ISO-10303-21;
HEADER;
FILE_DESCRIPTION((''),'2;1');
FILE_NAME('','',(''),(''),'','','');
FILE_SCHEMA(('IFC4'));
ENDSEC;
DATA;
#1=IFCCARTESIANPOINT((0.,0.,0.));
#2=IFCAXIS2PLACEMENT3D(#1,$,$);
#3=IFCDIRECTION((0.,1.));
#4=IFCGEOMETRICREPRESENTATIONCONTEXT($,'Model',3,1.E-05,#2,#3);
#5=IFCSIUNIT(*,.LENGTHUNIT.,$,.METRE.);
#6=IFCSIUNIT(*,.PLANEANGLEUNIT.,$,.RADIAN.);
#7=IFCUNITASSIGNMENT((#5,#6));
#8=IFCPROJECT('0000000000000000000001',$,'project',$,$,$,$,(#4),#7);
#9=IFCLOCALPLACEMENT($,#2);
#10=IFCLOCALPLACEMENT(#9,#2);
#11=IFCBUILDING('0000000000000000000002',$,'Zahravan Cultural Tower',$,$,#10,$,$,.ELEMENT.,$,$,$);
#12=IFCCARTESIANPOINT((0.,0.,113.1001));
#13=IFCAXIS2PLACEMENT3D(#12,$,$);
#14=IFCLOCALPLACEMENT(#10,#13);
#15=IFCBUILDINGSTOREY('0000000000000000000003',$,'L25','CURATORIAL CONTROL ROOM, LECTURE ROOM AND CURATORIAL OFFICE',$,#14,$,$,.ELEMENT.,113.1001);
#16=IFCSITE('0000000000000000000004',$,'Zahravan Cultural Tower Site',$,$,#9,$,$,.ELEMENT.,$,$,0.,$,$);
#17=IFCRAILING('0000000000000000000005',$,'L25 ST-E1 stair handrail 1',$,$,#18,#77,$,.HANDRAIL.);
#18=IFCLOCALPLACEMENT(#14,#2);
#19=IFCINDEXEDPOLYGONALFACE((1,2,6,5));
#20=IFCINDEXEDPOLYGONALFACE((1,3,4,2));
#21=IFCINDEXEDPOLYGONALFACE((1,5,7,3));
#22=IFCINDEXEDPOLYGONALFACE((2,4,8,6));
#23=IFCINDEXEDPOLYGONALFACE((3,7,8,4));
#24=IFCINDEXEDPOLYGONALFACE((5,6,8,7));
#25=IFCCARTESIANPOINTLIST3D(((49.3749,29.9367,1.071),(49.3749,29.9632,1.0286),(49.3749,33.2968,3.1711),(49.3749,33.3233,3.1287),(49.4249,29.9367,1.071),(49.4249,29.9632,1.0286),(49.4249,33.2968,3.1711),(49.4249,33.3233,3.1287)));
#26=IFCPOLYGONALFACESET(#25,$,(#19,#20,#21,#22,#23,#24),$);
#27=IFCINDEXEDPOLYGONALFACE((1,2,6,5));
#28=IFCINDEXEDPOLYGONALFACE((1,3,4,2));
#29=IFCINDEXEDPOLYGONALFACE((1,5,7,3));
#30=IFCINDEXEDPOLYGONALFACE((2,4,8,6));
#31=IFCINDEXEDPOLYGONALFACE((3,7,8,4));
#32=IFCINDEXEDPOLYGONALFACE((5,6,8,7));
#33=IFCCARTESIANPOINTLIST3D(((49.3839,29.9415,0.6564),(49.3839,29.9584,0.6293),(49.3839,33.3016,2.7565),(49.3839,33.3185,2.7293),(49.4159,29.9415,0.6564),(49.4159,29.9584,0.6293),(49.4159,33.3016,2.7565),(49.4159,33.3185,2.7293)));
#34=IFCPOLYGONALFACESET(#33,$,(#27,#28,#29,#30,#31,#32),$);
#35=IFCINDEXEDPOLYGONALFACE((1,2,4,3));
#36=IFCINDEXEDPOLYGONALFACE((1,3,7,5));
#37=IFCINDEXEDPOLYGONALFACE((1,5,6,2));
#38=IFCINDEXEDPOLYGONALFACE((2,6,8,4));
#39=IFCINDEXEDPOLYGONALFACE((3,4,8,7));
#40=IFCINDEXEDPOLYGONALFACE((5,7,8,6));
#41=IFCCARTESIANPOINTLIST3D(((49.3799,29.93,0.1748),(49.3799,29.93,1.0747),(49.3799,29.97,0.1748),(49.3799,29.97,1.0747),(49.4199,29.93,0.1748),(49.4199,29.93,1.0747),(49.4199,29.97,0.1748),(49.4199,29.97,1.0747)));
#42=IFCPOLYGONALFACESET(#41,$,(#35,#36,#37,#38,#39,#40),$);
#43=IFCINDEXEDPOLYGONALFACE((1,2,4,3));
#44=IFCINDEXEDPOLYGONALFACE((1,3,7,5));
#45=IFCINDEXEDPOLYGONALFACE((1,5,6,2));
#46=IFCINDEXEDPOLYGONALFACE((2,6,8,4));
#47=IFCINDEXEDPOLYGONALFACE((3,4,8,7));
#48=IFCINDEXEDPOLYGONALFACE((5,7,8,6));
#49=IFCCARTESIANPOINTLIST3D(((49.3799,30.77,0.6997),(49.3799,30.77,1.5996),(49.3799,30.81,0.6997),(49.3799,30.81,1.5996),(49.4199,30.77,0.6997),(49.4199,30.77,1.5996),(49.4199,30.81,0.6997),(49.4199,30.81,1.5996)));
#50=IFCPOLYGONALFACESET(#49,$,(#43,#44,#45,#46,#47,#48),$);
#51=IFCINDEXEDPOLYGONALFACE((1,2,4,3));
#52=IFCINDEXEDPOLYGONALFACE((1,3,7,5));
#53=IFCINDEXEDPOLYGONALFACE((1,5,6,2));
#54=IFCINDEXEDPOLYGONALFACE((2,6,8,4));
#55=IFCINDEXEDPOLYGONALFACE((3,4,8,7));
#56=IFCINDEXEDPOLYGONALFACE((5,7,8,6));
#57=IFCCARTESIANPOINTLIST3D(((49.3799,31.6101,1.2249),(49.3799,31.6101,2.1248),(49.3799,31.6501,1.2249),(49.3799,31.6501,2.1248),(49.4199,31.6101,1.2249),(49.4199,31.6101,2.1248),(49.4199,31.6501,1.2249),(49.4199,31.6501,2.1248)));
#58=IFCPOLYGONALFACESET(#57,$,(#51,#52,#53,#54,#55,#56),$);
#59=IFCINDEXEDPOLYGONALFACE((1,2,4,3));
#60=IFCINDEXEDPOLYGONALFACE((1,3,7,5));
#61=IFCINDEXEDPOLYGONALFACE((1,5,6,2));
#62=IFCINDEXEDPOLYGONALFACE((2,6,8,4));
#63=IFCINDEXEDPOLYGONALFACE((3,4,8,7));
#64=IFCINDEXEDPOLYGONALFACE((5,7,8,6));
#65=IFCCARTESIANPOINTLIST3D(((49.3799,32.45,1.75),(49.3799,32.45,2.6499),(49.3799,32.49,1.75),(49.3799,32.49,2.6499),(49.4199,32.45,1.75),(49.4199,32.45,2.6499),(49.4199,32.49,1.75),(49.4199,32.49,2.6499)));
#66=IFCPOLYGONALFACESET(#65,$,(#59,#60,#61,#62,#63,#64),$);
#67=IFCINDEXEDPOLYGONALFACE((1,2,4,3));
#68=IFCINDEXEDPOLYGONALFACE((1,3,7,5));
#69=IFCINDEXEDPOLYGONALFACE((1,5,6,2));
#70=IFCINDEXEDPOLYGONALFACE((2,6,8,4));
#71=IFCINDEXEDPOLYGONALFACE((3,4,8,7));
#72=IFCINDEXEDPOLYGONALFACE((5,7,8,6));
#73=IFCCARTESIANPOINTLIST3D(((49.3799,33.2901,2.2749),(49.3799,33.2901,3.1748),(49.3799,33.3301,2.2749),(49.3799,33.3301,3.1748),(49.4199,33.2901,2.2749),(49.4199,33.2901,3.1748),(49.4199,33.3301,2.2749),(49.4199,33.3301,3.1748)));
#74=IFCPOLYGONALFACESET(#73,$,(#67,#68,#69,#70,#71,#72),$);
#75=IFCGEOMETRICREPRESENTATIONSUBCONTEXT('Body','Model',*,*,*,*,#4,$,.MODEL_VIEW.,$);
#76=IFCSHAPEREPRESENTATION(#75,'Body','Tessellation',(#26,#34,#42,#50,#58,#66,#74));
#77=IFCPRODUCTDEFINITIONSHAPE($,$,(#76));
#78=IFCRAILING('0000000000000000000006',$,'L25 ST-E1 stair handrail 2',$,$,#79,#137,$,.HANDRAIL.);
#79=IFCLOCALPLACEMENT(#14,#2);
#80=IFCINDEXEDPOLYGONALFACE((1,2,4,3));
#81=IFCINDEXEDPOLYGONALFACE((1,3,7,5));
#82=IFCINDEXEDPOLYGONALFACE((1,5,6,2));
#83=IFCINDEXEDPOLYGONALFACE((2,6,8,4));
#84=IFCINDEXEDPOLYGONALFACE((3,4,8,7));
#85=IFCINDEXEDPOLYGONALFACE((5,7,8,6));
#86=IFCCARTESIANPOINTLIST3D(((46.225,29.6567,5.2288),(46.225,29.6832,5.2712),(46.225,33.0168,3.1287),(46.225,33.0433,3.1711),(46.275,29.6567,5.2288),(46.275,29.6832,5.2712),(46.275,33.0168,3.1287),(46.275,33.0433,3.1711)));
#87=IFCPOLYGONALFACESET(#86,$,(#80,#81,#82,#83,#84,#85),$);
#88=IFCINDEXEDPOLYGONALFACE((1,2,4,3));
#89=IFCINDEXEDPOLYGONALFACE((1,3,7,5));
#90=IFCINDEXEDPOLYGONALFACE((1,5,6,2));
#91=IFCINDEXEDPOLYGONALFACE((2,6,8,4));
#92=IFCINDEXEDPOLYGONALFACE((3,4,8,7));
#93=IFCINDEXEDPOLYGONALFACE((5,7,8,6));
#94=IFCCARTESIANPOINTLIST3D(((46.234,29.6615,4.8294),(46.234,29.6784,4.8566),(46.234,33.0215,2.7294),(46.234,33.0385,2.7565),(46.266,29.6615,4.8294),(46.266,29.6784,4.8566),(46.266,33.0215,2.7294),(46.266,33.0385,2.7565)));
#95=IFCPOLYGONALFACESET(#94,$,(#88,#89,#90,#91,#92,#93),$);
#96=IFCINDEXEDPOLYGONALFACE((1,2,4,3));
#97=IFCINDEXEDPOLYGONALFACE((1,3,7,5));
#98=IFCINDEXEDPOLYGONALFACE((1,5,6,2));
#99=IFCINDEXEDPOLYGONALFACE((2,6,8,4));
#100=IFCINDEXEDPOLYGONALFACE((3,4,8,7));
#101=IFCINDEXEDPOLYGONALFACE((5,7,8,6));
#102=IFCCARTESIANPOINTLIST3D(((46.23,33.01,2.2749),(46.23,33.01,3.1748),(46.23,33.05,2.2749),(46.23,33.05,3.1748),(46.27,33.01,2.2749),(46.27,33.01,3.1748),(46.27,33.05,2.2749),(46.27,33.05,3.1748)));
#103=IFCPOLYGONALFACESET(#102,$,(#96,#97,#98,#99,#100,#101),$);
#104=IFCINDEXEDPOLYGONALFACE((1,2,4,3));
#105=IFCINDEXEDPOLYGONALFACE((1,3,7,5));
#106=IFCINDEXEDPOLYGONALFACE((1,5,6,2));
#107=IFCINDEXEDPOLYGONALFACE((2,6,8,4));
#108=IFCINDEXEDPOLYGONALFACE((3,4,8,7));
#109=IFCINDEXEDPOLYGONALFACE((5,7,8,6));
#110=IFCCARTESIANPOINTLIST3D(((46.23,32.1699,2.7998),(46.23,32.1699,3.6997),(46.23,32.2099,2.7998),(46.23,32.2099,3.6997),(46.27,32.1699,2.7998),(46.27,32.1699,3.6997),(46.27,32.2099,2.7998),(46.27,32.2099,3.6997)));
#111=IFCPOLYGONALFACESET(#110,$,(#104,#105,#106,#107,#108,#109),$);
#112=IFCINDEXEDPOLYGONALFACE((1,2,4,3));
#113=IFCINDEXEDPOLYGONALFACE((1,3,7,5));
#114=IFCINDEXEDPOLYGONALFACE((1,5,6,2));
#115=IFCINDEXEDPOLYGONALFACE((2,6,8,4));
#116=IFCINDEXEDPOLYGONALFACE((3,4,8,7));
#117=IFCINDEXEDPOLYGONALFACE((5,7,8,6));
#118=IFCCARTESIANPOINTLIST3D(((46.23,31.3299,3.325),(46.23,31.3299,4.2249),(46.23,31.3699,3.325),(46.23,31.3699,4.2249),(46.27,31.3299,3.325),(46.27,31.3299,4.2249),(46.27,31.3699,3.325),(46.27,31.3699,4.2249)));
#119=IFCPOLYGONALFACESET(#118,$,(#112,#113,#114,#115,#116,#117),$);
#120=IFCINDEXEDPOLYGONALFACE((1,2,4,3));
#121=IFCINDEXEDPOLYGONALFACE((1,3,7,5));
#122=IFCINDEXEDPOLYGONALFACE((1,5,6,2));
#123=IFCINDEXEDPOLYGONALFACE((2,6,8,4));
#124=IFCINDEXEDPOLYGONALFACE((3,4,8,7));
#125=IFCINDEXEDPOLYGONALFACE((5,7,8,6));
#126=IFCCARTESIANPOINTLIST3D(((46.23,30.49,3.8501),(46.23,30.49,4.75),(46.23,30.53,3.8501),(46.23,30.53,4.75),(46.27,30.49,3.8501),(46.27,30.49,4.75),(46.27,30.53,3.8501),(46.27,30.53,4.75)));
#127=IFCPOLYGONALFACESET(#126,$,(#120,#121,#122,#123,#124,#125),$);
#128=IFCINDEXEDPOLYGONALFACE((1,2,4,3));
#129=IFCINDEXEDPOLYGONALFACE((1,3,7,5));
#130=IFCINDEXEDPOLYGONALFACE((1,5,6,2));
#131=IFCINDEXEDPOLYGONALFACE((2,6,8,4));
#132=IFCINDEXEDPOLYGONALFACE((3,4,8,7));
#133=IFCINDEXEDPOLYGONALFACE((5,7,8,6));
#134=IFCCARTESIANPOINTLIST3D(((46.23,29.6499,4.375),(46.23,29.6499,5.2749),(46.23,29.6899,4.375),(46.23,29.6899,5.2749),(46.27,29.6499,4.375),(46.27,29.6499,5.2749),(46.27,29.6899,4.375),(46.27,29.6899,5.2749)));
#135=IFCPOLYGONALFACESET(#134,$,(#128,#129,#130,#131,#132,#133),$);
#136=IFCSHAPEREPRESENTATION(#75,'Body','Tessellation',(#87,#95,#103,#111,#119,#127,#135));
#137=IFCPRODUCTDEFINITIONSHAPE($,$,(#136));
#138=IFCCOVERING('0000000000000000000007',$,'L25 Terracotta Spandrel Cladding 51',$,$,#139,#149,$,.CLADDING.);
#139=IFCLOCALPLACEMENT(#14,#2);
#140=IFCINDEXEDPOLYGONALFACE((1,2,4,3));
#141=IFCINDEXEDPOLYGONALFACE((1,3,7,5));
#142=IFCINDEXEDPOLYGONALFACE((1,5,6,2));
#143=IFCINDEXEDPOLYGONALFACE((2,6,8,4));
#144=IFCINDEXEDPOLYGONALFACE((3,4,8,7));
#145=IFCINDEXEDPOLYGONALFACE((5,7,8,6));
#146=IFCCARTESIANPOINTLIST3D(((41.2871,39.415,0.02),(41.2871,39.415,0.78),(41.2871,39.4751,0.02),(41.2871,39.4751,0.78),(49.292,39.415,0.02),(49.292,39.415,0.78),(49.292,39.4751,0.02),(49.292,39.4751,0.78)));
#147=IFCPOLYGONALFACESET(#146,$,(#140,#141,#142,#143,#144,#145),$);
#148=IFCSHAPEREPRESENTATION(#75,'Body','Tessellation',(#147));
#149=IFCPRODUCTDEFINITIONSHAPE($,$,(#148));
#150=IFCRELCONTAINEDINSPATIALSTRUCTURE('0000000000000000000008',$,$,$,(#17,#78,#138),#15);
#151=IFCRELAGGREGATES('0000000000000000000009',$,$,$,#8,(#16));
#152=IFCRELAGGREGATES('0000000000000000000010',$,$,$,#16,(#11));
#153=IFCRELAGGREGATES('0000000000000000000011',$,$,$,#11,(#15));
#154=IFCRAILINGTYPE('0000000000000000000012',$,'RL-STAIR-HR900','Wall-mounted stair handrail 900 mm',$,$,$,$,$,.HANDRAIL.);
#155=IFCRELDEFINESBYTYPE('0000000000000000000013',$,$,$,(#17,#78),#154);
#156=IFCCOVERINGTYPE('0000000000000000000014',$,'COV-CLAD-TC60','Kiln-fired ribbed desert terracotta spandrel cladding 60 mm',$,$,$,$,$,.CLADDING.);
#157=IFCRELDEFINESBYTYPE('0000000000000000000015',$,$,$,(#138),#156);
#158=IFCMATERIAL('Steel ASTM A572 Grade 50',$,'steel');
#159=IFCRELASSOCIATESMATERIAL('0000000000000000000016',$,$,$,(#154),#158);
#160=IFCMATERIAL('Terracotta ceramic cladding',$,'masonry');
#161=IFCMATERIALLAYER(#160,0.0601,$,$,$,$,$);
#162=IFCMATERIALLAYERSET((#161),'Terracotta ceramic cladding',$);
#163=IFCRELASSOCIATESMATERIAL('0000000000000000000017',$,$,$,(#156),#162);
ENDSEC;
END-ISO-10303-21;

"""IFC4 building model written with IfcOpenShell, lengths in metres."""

from ifc_helpers import new_model, si_unit, direction, frame, origin, origin_2d, place, context, subcontext, project, spatial, rectangle, extrude, source, transform, mapped, material, layer, layer_set, type_object, element, save


model = new_model("IFC4")

# Units and contexts
model_context = context("Model", 3, precision=1e-05, world=origin(), true_north=direction((0.0, 1.0)))
body_context = subcontext(model_context, "Body", "Model", "MODEL_VIEW")
ifc_project = project(units=[si_unit("LENGTHUNIT", "METRE"), si_unit("PLANEANGLEUNIT", "RADIAN")], contexts=[model_context])

# Site, building, storey
site_placement = place(None, origin())
site = spatial("IfcSite", under=ifc_project, at=site_placement, Name="Zahravan Cultural Tower Site", CompositionType="ELEMENT", RefElevation=0.0)
building_placement = place(site_placement, origin())
building = spatial("IfcBuilding", under=site, at=building_placement, Name="Zahravan Cultural Tower", CompositionType="ELEMENT")
storey_placement = place(building_placement, frame((0.0, 0.0, 113.1001)))
storey = spatial("IfcBuildingStorey", under=building, at=storey_placement, Name="L25", Description="CURATORIAL CONTROL ROOM, LECTURE ROOM AND CURATORIAL OFFICE", CompositionType="ELEMENT", Elevation=113.1001)

# Shared definitions
ifc_material_1 = material(Name="Steel ASTM A572 Grade 50", Category="steel")

# Railings
railing_type_1 = type_object("IfcRailingType", Name="RL-STAIR-HR900", Description="Wall-mounted stair handrail 900 mm", PredefinedType="HANDRAIL", material=ifc_material_1)
railing_1_placement = place(storey_placement, frame((49.3999, 29.95, 0.1748)))
element("IfcRailing", 1, at=railing_1_placement, inside=storey, type_object=railing_type_1, Name="L25 ST-E1 stair handrail 1", PredefinedType="HANDRAIL", context=body_context, shape_type="SweptSolid", body=[
    extrude(rectangle(XDim=0.05, YDim=0.05, at=origin_2d()), frame((0.0, 0.0, 0.875), z_axis=(0.0, 0.847995, 0.530004), x_axis=(-1.0, 0.0, 0.0)), (0.0, 0.0, 1.0), 3.9624),
    extrude(rectangle(XDim=0.032, YDim=0.032, at=origin_2d()), frame((0.0, 0.0, 0.468), z_axis=(0.0, 0.847995, 0.530004), x_axis=(-1.0, 0.0, 0.0)), (0.0, 0.0, 1.0), 3.9624),
    extrude(rectangle(XDim=0.04, YDim=0.04, at=origin_2d()), origin(), (0.0, 0.0, 1.0), 0.8999),
    extrude(rectangle(XDim=0.04, YDim=0.04, at=origin_2d()), frame((0.0, 0.8401, 0.5249)), (0.0, 0.0, 1.0), 0.8999),
    extrude(rectangle(XDim=0.04, YDim=0.04, at=origin_2d()), frame((0.0, 1.6802, 1.05)), (0.0, 0.0, 1.0), 0.8999),
    extrude(rectangle(XDim=0.04, YDim=0.04, at=origin_2d()), frame((0.0, 2.52, 1.5752)), (0.0, 0.0, 1.0), 0.8999),
    extrude(rectangle(XDim=0.04, YDim=0.04, at=origin_2d()), frame((0.0, 3.3601, 2.1001)), (0.0, 0.0, 1.0), 0.8999),
])
railing_2_placement = place(storey_placement, frame((46.25, 33.03, 2.2749)))
element("IfcRailing", 2, at=railing_2_placement, inside=storey, type_object=railing_type_1, Name="L25 ST-E1 stair handrail 2", PredefinedType="HANDRAIL", context=body_context, shape_type="SweptSolid", body=[
    extrude(rectangle(XDim=0.05, YDim=0.05, at=origin_2d()), frame((0.0, 0.0, 0.875), z_axis=(0.0, -0.847995, 0.530004), x_axis=(1.0, 0.0, 0.0)), (0.0, 0.0, 1.0), 3.9624),
    extrude(rectangle(XDim=0.032, YDim=0.032, at=origin_2d()), frame((0.0, 0.0, 0.468), z_axis=(0.0, -0.847995, 0.530004), x_axis=(1.0, 0.0, 0.0)), (0.0, 0.0, 1.0), 3.9624),
    extrude(rectangle(XDim=0.04, YDim=0.04, at=origin_2d()), origin(), (0.0, 0.0, 1.0), 0.8999),
    extrude(rectangle(XDim=0.04, YDim=0.04, at=origin_2d()), frame((0.0, -0.8401, 0.5249)), (0.0, 0.0, 1.0), 0.8999),
    extrude(rectangle(XDim=0.04, YDim=0.04, at=origin_2d()), frame((0.0, -1.6802, 1.05)), (0.0, 0.0, 1.0), 0.8999),
    extrude(rectangle(XDim=0.04, YDim=0.04, at=origin_2d()), frame((0.0, -2.52, 1.5752)), (0.0, 0.0, 1.0), 0.8999),
    extrude(rectangle(XDim=0.04, YDim=0.04, at=origin_2d()), frame((0.0, -3.3601, 2.1001)), (0.0, 0.0, 1.0), 0.8999),
])

# Covering
ifc_material_2 = material(Name="Terracotta ceramic cladding", Category="masonry")
ifc_layer_1 = layer(ifc_material_2, 0.0601)
ifc_layer_set_1 = layer_set([ifc_layer_1], Name="Terracotta ceramic cladding")
covering_type = type_object("IfcCoveringType", Name="COV-CLAD-TC60", Description="Kiln-fired ribbed desert terracotta spandrel cladding 60 mm", PredefinedType="CLADDING", material=ifc_layer_set_1)
shared_shape_1 = source(origin(), body_context, "Body", "SweptSolid", [
    extrude(rectangle(XDim=8.0049, YDim=0.0601, at=origin_2d()), origin(), (0.0, 0.0, 1.0), 0.76),
])
covering_placement = place(storey_placement, frame((45.2896, 39.4451, 0.02), z_axis=(0.0, 0.0, 1.0), x_axis=(1.0, 0.0, 0.0)))
element("IfcCovering", 3, at=covering_placement, inside=storey, type_object=covering_type, Name="L25 Terracotta Spandrel Cladding 51", PredefinedType="CLADDING", context=body_context, shape_type="MappedRepresentation", body=[
    mapped(shared_shape_1, transform((0.0, 0.0, 0.0), x_axis=(1.0, 0.0, 0.0), y_axis=(0.0, 1.0, 0.0), z_axis=(0.0, 0.0, 1.0), scale=1.0)),
])

save(model, "model.ifc")
